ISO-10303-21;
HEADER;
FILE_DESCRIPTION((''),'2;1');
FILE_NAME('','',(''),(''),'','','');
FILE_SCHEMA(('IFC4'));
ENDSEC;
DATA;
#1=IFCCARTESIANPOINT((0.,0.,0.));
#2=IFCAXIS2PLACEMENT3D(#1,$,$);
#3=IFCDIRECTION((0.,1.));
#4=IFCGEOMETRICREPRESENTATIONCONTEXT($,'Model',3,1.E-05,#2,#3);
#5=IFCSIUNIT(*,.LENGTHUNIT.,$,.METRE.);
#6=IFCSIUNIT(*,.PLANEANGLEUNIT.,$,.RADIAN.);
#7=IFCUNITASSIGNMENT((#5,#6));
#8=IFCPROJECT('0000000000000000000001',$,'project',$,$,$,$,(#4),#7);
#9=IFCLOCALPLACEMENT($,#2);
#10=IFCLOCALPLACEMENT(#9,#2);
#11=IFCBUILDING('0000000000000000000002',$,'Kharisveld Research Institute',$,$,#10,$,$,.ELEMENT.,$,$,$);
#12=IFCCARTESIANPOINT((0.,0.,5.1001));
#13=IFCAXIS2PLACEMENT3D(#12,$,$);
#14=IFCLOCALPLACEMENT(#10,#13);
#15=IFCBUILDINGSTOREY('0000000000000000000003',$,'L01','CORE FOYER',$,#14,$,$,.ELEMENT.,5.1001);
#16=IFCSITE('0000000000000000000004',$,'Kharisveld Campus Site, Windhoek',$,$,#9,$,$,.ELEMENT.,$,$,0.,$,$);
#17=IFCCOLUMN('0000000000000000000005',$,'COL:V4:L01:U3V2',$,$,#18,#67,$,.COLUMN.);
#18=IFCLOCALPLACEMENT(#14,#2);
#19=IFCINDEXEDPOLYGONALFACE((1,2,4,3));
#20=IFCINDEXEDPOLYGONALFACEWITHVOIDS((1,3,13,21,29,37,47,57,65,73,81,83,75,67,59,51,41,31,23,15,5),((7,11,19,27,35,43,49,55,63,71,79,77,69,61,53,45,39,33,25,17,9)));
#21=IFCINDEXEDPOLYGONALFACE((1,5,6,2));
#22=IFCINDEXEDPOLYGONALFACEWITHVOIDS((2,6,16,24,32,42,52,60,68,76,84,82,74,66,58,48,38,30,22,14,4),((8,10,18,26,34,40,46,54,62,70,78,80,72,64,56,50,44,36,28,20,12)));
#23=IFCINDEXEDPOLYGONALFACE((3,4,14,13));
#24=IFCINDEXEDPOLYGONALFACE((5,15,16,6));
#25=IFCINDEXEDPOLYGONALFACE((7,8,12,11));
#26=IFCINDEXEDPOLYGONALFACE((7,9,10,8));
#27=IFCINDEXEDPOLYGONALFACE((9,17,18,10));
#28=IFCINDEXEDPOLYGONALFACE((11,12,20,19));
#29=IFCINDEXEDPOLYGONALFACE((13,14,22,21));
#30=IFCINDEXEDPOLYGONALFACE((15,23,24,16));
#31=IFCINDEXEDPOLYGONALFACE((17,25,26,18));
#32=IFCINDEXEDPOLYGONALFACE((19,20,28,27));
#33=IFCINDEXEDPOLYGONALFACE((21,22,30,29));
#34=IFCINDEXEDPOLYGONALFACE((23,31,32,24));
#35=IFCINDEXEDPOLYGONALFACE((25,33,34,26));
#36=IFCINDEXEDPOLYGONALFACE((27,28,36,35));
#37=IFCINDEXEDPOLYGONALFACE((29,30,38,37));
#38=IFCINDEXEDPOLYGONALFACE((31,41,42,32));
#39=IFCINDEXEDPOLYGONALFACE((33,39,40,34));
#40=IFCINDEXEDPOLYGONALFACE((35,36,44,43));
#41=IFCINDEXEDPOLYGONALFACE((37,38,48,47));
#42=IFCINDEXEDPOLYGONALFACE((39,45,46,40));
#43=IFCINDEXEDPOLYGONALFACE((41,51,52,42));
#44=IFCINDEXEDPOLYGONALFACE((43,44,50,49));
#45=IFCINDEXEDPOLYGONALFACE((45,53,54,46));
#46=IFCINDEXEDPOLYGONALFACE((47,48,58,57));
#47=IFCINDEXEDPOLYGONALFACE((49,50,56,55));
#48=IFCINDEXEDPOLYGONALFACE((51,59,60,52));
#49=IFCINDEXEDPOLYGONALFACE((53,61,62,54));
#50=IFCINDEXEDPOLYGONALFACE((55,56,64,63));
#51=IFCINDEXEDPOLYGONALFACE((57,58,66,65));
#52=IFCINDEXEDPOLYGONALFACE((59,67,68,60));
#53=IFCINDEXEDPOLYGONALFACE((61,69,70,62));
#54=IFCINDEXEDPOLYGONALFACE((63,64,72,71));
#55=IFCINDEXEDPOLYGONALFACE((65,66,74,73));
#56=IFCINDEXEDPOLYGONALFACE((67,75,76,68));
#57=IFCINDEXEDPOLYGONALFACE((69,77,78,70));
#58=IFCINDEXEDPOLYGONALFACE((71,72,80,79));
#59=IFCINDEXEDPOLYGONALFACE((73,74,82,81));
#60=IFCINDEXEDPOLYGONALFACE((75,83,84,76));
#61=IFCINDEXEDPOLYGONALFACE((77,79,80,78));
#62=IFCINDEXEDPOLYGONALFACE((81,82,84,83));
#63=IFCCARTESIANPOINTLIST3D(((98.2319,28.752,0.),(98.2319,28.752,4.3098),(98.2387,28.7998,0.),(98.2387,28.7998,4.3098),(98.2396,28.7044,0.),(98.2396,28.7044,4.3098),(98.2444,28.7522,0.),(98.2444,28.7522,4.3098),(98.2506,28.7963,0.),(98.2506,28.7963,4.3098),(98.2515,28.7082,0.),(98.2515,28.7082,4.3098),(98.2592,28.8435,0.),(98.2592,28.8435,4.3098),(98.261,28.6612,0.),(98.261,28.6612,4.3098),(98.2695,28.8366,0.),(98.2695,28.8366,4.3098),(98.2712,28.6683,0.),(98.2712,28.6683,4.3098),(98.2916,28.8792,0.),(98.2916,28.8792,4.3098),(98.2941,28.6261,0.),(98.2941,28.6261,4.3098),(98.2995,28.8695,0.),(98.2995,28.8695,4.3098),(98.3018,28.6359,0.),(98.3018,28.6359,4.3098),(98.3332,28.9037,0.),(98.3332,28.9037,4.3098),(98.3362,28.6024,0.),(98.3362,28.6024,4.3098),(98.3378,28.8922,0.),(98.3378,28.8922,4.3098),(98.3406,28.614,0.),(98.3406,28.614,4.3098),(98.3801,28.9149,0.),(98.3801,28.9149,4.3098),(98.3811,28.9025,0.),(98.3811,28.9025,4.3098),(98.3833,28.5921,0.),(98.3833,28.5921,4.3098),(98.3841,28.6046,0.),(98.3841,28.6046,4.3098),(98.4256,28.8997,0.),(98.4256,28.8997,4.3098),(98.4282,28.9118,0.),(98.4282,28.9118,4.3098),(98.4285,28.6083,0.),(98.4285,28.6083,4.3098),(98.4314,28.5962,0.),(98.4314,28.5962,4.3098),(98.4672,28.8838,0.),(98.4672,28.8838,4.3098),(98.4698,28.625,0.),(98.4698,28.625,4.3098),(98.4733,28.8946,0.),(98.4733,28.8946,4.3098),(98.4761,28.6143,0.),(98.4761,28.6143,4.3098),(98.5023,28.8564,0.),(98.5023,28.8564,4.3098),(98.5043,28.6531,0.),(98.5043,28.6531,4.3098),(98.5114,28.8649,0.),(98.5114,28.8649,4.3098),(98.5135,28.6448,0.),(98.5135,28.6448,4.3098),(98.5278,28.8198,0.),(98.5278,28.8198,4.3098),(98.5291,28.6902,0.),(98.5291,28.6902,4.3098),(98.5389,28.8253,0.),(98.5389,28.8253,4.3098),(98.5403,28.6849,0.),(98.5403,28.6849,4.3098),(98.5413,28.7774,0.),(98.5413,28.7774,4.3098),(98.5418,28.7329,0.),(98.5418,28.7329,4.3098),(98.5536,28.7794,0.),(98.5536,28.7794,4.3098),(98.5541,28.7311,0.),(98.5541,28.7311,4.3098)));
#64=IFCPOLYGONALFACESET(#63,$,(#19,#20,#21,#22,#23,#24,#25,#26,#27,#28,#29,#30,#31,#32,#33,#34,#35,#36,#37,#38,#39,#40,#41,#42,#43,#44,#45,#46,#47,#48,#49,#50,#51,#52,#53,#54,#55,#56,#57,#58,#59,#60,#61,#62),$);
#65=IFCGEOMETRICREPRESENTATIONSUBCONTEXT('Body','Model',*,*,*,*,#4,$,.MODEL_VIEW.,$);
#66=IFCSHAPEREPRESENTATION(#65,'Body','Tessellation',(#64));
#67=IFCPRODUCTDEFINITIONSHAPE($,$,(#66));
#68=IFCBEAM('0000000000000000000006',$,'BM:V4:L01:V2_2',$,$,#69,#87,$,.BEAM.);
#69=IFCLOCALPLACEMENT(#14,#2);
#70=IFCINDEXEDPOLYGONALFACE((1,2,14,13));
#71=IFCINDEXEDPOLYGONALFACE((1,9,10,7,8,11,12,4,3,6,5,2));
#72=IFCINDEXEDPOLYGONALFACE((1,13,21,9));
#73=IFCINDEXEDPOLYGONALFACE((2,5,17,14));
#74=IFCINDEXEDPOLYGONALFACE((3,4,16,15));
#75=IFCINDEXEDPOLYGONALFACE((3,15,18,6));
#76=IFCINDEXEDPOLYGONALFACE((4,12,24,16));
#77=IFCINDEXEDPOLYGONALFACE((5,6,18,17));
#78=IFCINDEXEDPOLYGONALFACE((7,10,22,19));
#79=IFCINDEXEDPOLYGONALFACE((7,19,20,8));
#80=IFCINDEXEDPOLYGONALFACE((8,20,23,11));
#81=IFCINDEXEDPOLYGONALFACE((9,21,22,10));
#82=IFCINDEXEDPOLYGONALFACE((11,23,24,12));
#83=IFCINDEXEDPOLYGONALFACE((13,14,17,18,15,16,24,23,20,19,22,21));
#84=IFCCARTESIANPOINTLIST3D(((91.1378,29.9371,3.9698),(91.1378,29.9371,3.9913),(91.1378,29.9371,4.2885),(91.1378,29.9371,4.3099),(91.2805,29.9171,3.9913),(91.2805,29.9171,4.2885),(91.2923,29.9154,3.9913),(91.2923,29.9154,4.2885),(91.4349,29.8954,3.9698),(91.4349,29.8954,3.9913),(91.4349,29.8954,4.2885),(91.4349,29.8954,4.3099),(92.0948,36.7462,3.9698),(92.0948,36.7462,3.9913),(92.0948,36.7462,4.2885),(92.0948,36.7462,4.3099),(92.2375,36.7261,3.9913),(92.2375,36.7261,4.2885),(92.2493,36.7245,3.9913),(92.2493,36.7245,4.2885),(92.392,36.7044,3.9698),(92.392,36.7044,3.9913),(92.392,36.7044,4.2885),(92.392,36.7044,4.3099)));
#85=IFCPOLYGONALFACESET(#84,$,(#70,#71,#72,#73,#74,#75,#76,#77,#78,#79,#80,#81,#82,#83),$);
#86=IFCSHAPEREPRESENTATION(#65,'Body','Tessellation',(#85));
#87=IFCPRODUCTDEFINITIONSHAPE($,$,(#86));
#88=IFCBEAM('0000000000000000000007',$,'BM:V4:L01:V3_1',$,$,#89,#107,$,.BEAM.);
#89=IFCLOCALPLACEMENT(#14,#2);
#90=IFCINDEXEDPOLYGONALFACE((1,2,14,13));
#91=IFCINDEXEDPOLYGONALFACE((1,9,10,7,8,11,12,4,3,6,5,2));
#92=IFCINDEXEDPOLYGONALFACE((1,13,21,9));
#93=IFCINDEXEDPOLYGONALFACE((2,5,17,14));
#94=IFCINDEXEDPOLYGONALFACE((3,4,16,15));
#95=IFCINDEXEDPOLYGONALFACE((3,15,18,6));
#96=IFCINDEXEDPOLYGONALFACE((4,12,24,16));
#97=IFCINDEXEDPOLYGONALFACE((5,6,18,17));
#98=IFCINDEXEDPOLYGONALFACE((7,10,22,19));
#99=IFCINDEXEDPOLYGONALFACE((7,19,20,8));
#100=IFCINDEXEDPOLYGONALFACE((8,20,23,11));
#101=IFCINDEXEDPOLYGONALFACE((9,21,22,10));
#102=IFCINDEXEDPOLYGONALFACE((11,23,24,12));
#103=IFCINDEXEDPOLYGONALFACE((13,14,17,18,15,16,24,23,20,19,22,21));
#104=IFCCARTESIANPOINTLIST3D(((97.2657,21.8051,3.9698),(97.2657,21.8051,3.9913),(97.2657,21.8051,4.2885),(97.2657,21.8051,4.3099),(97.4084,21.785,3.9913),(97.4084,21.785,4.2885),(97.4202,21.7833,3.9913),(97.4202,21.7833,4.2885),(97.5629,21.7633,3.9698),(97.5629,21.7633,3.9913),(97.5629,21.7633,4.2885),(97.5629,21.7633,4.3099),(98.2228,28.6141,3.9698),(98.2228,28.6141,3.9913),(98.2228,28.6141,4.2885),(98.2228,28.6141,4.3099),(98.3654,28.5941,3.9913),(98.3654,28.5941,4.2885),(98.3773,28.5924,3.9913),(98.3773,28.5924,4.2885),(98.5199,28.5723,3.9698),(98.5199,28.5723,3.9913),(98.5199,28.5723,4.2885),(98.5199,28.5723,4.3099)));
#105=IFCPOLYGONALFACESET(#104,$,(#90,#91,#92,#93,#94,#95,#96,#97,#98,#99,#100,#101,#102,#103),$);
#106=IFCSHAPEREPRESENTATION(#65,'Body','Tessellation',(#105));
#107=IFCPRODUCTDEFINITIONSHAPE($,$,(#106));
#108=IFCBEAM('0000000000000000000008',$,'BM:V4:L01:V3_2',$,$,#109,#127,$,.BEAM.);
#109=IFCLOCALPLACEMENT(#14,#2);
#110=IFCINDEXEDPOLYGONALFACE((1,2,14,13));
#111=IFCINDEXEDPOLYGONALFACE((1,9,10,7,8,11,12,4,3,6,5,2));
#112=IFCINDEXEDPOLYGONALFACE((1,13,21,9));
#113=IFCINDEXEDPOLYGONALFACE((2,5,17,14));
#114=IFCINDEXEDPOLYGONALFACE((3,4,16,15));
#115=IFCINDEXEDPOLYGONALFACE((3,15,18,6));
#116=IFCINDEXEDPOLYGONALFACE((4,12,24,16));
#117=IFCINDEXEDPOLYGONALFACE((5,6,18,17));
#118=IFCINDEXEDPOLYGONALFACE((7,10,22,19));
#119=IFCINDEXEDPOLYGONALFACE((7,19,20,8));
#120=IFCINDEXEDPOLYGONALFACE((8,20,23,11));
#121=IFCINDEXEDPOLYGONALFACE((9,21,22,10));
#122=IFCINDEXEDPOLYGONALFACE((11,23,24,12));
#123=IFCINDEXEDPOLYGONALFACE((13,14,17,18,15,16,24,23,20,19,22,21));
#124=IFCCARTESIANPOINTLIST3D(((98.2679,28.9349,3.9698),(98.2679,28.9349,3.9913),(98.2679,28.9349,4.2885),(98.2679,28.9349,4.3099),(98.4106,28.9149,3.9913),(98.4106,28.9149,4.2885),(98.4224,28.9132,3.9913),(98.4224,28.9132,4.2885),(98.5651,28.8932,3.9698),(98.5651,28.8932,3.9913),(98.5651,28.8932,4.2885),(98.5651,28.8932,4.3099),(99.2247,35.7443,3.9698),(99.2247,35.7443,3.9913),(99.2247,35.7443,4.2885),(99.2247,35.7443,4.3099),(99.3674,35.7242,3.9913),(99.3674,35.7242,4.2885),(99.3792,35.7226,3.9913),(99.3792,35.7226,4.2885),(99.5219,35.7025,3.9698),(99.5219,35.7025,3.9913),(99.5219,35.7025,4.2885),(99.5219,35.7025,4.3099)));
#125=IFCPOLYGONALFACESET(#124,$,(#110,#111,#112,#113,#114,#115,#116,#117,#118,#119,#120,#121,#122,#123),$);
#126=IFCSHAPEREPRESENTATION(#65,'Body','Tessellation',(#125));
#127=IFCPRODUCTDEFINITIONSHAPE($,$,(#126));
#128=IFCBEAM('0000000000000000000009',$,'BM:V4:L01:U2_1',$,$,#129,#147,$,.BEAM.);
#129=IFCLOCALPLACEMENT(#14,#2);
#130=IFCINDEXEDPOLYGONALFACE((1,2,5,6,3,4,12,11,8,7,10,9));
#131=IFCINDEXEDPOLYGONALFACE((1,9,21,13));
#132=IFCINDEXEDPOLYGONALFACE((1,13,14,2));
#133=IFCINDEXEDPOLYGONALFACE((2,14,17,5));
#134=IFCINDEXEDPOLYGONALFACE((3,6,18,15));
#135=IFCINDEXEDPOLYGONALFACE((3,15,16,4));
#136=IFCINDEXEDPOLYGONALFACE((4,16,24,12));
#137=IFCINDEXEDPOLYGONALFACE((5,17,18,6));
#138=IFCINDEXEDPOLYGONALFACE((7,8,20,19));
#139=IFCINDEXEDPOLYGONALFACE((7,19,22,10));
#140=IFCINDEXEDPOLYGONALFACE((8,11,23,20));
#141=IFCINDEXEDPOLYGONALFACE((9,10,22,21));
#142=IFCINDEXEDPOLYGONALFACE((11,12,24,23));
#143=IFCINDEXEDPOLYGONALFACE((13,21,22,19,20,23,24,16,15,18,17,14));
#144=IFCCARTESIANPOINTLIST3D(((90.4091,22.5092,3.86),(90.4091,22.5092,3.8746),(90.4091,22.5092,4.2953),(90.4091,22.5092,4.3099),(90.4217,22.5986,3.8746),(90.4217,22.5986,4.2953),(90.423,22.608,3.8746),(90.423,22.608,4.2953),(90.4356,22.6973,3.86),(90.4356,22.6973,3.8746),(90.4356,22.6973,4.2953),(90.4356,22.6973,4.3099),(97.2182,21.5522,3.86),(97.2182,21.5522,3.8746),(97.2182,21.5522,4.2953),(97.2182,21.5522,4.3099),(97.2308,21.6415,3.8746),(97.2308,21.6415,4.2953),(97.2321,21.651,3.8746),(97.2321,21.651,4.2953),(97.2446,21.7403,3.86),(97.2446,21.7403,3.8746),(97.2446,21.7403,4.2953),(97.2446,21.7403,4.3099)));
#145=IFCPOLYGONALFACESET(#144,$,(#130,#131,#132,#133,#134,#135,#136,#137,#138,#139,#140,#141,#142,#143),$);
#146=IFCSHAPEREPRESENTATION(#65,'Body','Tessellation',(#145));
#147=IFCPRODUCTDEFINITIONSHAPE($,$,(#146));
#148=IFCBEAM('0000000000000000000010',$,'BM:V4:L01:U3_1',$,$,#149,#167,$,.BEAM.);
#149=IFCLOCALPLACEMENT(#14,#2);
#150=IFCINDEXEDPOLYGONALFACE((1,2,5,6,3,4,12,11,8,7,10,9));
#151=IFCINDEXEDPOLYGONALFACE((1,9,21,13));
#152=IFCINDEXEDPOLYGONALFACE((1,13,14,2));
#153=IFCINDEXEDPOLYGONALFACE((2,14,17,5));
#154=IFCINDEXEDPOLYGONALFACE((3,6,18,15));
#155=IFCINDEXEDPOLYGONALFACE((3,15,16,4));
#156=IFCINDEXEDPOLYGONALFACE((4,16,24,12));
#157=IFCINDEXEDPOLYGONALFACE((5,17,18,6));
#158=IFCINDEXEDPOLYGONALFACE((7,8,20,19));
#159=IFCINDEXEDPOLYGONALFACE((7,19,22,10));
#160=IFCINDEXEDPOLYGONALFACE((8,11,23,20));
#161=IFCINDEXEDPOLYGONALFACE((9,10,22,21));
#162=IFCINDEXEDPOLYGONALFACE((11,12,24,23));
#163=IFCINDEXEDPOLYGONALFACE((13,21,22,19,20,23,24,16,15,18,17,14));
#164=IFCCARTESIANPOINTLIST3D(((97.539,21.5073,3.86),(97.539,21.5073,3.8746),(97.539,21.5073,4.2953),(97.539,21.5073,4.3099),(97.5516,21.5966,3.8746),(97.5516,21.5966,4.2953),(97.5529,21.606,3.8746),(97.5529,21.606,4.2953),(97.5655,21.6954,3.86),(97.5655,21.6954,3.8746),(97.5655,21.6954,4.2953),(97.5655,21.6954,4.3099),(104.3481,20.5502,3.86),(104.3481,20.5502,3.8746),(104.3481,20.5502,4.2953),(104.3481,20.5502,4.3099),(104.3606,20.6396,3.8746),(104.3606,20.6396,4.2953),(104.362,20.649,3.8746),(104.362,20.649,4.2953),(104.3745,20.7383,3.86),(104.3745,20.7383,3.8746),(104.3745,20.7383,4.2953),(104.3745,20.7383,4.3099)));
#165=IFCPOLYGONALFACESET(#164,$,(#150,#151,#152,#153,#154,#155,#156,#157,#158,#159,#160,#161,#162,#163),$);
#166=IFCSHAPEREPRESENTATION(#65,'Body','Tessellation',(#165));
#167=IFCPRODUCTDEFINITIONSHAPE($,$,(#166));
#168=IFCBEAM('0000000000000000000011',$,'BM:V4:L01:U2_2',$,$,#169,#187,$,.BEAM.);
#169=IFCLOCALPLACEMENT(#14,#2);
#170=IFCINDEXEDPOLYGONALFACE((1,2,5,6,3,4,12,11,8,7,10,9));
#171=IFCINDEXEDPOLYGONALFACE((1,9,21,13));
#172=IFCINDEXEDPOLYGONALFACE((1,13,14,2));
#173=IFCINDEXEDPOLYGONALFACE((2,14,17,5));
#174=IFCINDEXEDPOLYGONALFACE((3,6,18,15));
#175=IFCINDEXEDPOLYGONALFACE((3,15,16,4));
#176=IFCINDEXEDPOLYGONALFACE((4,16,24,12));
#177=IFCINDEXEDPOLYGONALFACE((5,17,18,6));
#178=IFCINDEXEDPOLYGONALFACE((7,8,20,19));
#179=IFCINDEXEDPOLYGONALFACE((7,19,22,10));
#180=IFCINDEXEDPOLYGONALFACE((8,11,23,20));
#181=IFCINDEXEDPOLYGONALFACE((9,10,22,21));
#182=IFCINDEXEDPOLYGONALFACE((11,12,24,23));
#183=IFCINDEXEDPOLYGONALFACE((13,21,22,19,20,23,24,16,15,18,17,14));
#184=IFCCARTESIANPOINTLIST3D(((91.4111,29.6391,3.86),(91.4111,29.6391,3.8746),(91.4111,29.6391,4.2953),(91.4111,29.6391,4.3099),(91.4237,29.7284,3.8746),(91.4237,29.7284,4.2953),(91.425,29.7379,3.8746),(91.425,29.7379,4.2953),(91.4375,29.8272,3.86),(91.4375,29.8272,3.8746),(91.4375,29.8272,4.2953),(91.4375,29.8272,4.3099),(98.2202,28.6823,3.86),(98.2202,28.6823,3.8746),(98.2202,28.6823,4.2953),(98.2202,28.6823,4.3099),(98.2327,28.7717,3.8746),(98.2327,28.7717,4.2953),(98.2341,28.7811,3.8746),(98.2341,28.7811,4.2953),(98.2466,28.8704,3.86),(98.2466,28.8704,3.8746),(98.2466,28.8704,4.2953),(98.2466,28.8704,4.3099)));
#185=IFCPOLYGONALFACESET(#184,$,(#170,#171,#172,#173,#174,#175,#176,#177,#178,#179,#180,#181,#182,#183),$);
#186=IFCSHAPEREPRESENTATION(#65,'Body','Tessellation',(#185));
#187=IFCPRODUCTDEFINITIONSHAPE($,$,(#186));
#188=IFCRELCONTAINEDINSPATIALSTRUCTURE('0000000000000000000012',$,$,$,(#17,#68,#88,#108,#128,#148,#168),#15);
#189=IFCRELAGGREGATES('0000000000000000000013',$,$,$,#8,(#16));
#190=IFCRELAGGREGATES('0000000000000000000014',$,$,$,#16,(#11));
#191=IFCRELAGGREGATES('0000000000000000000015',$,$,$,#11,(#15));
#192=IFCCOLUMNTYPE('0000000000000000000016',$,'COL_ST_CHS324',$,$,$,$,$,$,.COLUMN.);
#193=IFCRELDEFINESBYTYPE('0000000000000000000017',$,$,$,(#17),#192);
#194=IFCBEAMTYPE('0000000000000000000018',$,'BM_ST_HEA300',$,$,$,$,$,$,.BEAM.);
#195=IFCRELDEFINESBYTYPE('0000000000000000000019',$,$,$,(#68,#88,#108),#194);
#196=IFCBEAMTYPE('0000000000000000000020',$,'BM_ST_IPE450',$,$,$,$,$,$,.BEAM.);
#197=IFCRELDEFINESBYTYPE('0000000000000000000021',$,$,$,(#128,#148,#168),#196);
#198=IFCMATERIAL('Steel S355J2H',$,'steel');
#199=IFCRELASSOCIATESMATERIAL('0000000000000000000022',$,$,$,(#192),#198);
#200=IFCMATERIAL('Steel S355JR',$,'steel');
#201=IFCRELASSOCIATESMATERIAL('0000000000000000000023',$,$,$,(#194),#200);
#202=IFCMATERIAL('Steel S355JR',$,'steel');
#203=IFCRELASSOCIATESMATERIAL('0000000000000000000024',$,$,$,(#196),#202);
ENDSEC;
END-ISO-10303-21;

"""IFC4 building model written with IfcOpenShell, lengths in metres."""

from ifc_helpers import new_model, si_unit, direction, frame, origin, origin_2d, place, context, subcontext, project, spatial, hollow_circle, i_section, extrude, material, material_profile, profile_set, type_object, element, save


model = new_model("IFC4")

# Units and contexts
model_context = context("Model", 3, precision=1e-05, world=origin(), true_north=direction((0.0, 1.0)))
body_context = subcontext(model_context, "Body", "Model", "MODEL_VIEW")
ifc_project = project(units=[si_unit("LENGTHUNIT", "METRE"), si_unit("PLANEANGLEUNIT", "RADIAN")], contexts=[model_context])

# Site, building, storey
site_placement = place(None, origin())
site = spatial("IfcSite", under=ifc_project, at=site_placement, Name="Kharisveld Campus Site, Windhoek", CompositionType="ELEMENT", RefElevation=0.0)
building_placement = place(site_placement, origin())
building = spatial("IfcBuilding", under=site, at=building_placement, Name="Kharisveld Research Institute", CompositionType="ELEMENT")
storey_placement = place(building_placement, frame((0.0, 0.0, 5.1001)))
storey = spatial("IfcBuildingStorey", under=building, at=storey_placement, Name="L01", Description="CORE FOYER", CompositionType="ELEMENT", Elevation=5.1001)

# Column
ifc_material_1 = material(Name="Steel S355J2H", Category="steel")
ifc_material_profile_1 = material_profile(ifc_material_1, hollow_circle(Radius=0.1619, WallThickness=0.0125, at=origin_2d()))
ifc_profile_set_1 = profile_set([ifc_material_profile_1], Name="Steel S355J2H")
column_type = type_object("IfcColumnType", Name="COL_ST_CHS324", PredefinedType="COLUMN", material=ifc_profile_set_1)
for number, where, z_axis, x_axis, name in (
    (1, (98.3938, 28.7537, 0.0), (0.0, 0.0, 1.0), (0.990268, -0.139173, 0.0), "COL:V4:L01:U3V2"),
):
    element("IfcColumn", number, at=place(storey_placement, frame(where, z_axis=z_axis, x_axis=x_axis)), inside=storey, type_object=column_type, Name=name, PredefinedType="COLUMN", context=body_context, shape_type="SweptSolid", body=[
        extrude(hollow_circle(Radius=0.1619, WallThickness=0.0125, at=origin_2d()), origin(), (0.0, 0.0, 1.0), 4.3098),
    ])

# Beams
ifc_material_2 = material(Name="Steel S355JR", Category="steel")
ifc_material_profile_2 = material_profile(ifc_material_2, i_section(OverallWidth=0.3, OverallDepth=0.3401, WebThickness=0.012, FlangeThickness=0.0215, at=origin_2d()))
ifc_profile_set_2 = profile_set([ifc_material_profile_2], Name="Steel S355JR")
beam_type_1 = type_object("IfcBeamType", Name="BM_ST_HEA300", PredefinedType="BEAM", material=ifc_profile_set_2)
for number, where, z_axis, x_axis, name in (
    (2, (91.2864, 29.9163, 4.1399), (0.139184, 0.990267, 0.0), (-0.990267, 0.139184, 0.0), "BM:V4:L01:V2_2"),
    (3, (97.4143, 21.7842, 4.1399), (0.139184, 0.990267, 0.0), (-0.990267, 0.139184, 0.0), "BM:V4:L01:V3_1"),
):
    element("IfcBeam", number, at=place(storey_placement, frame(where, z_axis=z_axis, x_axis=x_axis)), inside=storey, type_object=beam_type_1, Name=name, PredefinedType="BEAM", context=body_context, shape_type="SweptSolid", body=[
        extrude(i_section(OverallWidth=0.3, OverallDepth=0.3401, WebThickness=0.012, FlangeThickness=0.0215, at=origin_2d()), origin(), (0.0, 0.0, 1.0), 6.876),
    ])
beam_1_placement = place(storey_placement, frame((98.4165, 28.9141, 4.1399), z_axis=(0.139144, 0.990272, 0.0), x_axis=(-0.990272, 0.139144, 0.0)))
element("IfcBeam", 4, at=beam_1_placement, inside=storey, type_object=beam_type_1, Name="BM:V4:L01:V3_2", PredefinedType="BEAM", context=body_context, shape_type="SweptSolid", body=[
    extrude(i_section(OverallWidth=0.3, OverallDepth=0.3401, WebThickness=0.012, FlangeThickness=0.0215, at=origin_2d()), origin(), (0.0, 0.0, 1.0), 6.8762),
])
ifc_material_3 = material(Name="Steel S355JR", Category="steel")
ifc_material_profile_3 = material_profile(ifc_material_3, i_section(OverallWidth=0.1899, OverallDepth=0.45, WebThickness=0.0095, FlangeThickness=0.0146, at=origin_2d()))
ifc_profile_set_3 = profile_set([ifc_material_profile_3], Name="Steel S355JR")
beam_type_2 = type_object("IfcBeamType", Name="BM_ST_IPE450", PredefinedType="BEAM", material=ifc_profile_set_3)
for number, where, z_axis, x_axis, name in (
    (5, (90.4224, 22.6033, 4.085), (0.990267, -0.139184, 0.0), (0.139184, 0.990267, 0.0), "BM:V4:L01:U2_1"),
    (6, (97.5522, 21.6013, 4.085), (0.990267, -0.139184, 0.0), (0.139184, 0.990267, 0.0), "BM:V4:L01:U3_1"),
    (7, (91.4243, 29.7332, 4.085), (0.990271, -0.139149, 0.0), (0.139149, 0.990271, 0.0), "BM:V4:L01:U2_2"),
):
    element("IfcBeam", number, at=place(storey_placement, frame(where, z_axis=z_axis, x_axis=x_axis)), inside=storey, type_object=beam_type_2, Name=name, PredefinedType="BEAM", context=body_context, shape_type="SweptSolid", body=[
        extrude(i_section(OverallWidth=0.1899, OverallDepth=0.45, WebThickness=0.0095, FlangeThickness=0.0146, at=origin_2d()), origin(), (0.0, 0.0, 1.0), 6.876),
    ])

save(model, "model.ifc")
